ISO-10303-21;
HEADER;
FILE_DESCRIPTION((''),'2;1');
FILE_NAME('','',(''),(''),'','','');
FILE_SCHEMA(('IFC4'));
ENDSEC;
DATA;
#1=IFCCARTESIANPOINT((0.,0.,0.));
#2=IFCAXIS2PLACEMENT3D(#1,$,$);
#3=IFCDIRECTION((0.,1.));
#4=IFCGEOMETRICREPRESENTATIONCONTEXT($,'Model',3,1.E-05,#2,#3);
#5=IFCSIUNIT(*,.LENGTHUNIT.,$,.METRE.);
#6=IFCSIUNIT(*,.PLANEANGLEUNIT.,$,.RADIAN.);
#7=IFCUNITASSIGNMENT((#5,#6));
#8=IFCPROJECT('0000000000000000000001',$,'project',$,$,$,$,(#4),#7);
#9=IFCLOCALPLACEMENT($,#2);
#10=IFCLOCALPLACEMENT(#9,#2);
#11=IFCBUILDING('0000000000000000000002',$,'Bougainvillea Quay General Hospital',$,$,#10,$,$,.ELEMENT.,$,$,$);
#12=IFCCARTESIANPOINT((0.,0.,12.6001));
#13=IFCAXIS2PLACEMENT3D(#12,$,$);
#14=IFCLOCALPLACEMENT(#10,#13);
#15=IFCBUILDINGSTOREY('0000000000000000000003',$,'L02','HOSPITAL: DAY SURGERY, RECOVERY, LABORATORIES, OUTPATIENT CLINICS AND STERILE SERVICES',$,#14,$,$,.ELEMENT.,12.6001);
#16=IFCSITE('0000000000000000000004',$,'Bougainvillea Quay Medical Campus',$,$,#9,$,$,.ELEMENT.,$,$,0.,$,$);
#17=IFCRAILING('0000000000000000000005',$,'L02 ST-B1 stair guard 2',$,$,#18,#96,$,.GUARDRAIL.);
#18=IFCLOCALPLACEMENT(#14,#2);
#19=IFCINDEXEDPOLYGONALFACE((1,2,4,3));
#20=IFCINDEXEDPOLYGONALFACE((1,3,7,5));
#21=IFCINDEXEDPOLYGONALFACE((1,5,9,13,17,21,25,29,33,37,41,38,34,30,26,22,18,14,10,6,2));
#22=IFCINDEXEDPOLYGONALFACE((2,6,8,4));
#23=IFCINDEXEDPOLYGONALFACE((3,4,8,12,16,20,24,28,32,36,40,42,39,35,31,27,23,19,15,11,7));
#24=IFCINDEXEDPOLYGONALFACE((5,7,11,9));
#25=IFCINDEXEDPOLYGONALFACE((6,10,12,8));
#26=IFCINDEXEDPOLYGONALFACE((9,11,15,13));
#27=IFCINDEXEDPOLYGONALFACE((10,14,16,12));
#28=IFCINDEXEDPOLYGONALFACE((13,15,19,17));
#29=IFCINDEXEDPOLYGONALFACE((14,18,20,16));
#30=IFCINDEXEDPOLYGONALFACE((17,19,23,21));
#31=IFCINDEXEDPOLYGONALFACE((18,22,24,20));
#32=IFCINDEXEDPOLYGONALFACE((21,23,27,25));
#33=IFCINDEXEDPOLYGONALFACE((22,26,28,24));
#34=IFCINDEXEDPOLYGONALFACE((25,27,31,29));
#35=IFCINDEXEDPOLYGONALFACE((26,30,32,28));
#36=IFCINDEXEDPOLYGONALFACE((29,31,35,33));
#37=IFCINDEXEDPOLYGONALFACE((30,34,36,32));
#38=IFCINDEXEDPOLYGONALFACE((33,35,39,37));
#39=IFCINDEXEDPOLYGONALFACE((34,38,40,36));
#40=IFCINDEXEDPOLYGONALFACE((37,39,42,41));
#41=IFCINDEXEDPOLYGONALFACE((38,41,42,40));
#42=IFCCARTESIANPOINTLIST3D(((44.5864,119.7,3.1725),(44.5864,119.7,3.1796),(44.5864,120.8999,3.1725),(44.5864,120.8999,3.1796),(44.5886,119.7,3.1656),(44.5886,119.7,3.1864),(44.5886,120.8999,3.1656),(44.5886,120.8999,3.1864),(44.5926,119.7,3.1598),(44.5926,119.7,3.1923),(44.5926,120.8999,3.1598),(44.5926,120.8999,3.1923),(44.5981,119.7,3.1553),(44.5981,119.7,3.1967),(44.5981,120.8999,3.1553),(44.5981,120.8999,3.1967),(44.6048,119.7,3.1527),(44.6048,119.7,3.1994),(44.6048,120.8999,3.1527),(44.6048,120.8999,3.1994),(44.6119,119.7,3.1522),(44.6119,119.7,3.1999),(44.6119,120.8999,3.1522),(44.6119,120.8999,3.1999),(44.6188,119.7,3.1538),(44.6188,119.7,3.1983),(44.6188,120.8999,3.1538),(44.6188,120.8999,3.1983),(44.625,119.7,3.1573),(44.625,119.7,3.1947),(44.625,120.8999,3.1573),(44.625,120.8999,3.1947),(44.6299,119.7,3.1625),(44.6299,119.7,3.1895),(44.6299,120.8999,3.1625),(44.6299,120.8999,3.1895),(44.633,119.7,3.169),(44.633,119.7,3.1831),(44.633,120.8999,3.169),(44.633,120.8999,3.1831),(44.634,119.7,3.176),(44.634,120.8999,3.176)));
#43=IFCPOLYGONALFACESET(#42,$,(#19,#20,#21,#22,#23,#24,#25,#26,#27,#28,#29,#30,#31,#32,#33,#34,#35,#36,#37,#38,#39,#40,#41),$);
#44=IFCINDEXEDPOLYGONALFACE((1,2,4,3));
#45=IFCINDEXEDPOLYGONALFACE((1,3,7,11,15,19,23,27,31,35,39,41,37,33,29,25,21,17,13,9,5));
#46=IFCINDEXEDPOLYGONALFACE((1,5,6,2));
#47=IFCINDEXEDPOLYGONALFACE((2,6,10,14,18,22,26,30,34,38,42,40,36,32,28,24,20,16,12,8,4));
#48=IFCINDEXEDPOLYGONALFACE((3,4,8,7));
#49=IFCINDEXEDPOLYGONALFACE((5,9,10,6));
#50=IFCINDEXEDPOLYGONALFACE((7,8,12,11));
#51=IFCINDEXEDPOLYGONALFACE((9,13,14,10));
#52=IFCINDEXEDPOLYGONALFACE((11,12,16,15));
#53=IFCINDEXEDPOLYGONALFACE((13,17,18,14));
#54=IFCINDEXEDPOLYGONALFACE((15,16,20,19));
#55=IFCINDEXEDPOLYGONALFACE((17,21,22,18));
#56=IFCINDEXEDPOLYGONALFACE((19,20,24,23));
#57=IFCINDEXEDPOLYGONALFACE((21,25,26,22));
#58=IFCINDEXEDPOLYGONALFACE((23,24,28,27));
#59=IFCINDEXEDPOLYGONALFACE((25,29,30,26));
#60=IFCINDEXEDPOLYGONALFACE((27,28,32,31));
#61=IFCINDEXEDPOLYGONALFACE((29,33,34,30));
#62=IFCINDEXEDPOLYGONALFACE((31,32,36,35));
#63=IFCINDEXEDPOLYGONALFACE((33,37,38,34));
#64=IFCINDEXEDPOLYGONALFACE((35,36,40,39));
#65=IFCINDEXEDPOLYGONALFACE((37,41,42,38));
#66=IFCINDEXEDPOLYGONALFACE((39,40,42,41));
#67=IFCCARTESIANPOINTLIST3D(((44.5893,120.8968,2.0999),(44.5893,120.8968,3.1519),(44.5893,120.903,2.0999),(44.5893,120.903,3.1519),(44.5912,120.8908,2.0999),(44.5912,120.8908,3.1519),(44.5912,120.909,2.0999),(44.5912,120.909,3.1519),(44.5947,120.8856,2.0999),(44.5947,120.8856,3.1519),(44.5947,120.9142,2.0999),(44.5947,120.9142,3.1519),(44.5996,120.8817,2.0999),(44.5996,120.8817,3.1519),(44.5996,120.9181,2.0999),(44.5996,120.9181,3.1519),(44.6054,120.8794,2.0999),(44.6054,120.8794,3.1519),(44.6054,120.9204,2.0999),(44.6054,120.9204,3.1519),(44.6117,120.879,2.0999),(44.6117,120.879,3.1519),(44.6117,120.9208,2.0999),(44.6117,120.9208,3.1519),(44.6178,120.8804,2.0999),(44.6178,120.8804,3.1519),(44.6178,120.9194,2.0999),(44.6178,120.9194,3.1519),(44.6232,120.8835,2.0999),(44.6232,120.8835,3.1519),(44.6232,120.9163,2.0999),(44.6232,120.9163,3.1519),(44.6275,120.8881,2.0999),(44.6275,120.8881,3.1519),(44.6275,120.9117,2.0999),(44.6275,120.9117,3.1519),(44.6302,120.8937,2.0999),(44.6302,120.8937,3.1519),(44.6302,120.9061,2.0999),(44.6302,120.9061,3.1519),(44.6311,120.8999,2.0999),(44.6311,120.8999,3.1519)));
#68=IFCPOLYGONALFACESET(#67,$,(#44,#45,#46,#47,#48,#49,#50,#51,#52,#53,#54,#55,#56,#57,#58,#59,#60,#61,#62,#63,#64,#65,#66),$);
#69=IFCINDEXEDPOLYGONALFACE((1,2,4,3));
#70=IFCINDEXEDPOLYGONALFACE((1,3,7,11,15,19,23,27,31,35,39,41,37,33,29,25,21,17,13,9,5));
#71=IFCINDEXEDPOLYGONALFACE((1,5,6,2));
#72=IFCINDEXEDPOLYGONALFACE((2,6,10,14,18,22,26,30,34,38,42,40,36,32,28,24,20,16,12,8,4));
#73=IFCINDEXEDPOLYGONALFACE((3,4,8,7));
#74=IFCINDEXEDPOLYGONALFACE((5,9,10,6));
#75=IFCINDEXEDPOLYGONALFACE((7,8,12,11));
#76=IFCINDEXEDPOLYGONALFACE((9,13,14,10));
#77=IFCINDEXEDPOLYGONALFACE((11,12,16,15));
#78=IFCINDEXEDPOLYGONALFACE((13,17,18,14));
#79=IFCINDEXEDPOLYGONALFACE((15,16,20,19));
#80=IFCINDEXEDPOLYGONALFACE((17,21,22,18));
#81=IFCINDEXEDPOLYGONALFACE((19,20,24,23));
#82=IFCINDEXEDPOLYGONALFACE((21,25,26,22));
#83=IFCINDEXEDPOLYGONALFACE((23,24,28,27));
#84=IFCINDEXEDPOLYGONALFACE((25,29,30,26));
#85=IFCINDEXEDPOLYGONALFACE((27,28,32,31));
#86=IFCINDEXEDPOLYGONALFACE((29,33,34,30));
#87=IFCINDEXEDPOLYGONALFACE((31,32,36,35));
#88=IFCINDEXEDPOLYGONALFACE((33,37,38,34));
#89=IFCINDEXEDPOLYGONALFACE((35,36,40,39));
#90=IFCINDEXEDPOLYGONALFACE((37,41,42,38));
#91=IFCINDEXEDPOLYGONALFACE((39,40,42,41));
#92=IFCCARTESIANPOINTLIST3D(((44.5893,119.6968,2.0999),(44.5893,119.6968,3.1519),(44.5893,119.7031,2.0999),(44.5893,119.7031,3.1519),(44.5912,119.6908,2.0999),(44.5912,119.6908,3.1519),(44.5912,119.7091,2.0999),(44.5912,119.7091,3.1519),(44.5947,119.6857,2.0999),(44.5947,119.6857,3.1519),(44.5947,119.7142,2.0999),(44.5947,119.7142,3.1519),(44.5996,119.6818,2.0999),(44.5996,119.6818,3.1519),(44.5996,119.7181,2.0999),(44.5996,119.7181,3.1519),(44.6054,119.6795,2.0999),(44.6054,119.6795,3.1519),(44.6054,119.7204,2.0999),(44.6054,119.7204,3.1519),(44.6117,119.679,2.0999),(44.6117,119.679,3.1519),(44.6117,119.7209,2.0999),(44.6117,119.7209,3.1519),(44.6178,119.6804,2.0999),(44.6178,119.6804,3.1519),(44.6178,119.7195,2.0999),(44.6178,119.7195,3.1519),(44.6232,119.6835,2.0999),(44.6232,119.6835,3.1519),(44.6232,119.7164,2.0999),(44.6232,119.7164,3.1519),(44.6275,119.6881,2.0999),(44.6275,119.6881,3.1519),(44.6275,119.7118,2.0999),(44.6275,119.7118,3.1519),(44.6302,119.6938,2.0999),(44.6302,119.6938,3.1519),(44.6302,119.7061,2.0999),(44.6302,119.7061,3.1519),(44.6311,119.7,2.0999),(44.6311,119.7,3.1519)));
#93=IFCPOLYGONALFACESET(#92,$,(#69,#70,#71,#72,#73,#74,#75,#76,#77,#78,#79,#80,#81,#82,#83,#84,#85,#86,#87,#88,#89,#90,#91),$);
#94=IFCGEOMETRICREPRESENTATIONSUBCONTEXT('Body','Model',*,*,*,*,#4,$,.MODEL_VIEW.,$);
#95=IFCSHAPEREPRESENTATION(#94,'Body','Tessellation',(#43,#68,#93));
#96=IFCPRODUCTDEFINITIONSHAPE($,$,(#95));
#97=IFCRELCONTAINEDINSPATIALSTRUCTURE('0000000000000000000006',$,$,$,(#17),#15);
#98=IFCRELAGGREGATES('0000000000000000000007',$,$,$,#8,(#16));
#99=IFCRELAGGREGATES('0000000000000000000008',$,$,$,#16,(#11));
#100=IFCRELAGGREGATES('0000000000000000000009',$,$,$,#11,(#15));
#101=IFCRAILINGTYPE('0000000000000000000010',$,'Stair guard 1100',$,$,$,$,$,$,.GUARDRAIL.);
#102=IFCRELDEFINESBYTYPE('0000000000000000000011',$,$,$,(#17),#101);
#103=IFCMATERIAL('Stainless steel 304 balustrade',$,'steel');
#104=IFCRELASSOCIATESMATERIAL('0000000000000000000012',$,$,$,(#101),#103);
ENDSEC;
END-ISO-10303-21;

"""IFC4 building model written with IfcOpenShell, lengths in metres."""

from ifc_helpers import new_model, si_unit, direction, frame, origin, origin_2d, place, context, subcontext, project, spatial, circle, extrude, material, type_object, element, save


model = new_model("IFC4")

# Units and contexts
model_context = context("Model", 3, precision=1e-05, world=origin(), true_north=direction((0.0, 1.0)))
body_context = subcontext(model_context, "Body", "Model", "MODEL_VIEW")
ifc_project = project(units=[si_unit("LENGTHUNIT", "METRE"), si_unit("PLANEANGLEUNIT", "RADIAN")], contexts=[model_context])

# Site, building, storey
site_placement = place(None, origin())
site = spatial("IfcSite", under=ifc_project, at=site_placement, Name="Bougainvillea Quay Medical Campus", CompositionType="ELEMENT", RefElevation=0.0)
building_placement = place(site_placement, origin())
building = spatial("IfcBuilding", under=site, at=building_placement, Name="Bougainvillea Quay General Hospital", CompositionType="ELEMENT")
storey_placement = place(building_placement, frame((0.0, 0.0, 12.6001)))
storey = spatial("IfcBuildingStorey", under=building, at=storey_placement, Name="L02", Description="HOSPITAL: DAY SURGERY, RECOVERY, LABORATORIES, OUTPATIENT CLINICS AND STERILE SERVICES", CompositionType="ELEMENT", Elevation=12.6001)

# Railing
ifc_material_1 = material(Name="Stainless steel 304 balustrade", Category="steel")
railing_type_1 = type_object("IfcRailingType", Name="Stair guard 1100", PredefinedType="GUARDRAIL", material=ifc_material_1)
railing_1_placement = place(storey_placement, frame((44.6101, 120.8999, 2.0999)))
element("IfcRailing", 1, at=railing_1_placement, inside=storey, type_object=railing_type_1, Name="L02 ST-B1 stair guard 2", PredefinedType="GUARDRAIL", context=body_context, shape_type="SweptSolid", body=[
    extrude(circle(Radius=0.0239, at=origin_2d()), frame((0.0, 0.0, 1.0762), z_axis=(0.0, -1.0, 0.0), x_axis=(1.0, 0.0, 0.0)), (0.0, 0.0, 1.0), 1.2),
    extrude(circle(Radius=0.021, at=origin_2d()), origin(), (0.0, 0.0, 1.0), 1.052),
    extrude(circle(Radius=0.021, at=origin_2d()), frame((0.0, -1.2, 0.0)), (0.0, 0.0, 1.0), 1.052),
])

save(model, "model.ifc")
